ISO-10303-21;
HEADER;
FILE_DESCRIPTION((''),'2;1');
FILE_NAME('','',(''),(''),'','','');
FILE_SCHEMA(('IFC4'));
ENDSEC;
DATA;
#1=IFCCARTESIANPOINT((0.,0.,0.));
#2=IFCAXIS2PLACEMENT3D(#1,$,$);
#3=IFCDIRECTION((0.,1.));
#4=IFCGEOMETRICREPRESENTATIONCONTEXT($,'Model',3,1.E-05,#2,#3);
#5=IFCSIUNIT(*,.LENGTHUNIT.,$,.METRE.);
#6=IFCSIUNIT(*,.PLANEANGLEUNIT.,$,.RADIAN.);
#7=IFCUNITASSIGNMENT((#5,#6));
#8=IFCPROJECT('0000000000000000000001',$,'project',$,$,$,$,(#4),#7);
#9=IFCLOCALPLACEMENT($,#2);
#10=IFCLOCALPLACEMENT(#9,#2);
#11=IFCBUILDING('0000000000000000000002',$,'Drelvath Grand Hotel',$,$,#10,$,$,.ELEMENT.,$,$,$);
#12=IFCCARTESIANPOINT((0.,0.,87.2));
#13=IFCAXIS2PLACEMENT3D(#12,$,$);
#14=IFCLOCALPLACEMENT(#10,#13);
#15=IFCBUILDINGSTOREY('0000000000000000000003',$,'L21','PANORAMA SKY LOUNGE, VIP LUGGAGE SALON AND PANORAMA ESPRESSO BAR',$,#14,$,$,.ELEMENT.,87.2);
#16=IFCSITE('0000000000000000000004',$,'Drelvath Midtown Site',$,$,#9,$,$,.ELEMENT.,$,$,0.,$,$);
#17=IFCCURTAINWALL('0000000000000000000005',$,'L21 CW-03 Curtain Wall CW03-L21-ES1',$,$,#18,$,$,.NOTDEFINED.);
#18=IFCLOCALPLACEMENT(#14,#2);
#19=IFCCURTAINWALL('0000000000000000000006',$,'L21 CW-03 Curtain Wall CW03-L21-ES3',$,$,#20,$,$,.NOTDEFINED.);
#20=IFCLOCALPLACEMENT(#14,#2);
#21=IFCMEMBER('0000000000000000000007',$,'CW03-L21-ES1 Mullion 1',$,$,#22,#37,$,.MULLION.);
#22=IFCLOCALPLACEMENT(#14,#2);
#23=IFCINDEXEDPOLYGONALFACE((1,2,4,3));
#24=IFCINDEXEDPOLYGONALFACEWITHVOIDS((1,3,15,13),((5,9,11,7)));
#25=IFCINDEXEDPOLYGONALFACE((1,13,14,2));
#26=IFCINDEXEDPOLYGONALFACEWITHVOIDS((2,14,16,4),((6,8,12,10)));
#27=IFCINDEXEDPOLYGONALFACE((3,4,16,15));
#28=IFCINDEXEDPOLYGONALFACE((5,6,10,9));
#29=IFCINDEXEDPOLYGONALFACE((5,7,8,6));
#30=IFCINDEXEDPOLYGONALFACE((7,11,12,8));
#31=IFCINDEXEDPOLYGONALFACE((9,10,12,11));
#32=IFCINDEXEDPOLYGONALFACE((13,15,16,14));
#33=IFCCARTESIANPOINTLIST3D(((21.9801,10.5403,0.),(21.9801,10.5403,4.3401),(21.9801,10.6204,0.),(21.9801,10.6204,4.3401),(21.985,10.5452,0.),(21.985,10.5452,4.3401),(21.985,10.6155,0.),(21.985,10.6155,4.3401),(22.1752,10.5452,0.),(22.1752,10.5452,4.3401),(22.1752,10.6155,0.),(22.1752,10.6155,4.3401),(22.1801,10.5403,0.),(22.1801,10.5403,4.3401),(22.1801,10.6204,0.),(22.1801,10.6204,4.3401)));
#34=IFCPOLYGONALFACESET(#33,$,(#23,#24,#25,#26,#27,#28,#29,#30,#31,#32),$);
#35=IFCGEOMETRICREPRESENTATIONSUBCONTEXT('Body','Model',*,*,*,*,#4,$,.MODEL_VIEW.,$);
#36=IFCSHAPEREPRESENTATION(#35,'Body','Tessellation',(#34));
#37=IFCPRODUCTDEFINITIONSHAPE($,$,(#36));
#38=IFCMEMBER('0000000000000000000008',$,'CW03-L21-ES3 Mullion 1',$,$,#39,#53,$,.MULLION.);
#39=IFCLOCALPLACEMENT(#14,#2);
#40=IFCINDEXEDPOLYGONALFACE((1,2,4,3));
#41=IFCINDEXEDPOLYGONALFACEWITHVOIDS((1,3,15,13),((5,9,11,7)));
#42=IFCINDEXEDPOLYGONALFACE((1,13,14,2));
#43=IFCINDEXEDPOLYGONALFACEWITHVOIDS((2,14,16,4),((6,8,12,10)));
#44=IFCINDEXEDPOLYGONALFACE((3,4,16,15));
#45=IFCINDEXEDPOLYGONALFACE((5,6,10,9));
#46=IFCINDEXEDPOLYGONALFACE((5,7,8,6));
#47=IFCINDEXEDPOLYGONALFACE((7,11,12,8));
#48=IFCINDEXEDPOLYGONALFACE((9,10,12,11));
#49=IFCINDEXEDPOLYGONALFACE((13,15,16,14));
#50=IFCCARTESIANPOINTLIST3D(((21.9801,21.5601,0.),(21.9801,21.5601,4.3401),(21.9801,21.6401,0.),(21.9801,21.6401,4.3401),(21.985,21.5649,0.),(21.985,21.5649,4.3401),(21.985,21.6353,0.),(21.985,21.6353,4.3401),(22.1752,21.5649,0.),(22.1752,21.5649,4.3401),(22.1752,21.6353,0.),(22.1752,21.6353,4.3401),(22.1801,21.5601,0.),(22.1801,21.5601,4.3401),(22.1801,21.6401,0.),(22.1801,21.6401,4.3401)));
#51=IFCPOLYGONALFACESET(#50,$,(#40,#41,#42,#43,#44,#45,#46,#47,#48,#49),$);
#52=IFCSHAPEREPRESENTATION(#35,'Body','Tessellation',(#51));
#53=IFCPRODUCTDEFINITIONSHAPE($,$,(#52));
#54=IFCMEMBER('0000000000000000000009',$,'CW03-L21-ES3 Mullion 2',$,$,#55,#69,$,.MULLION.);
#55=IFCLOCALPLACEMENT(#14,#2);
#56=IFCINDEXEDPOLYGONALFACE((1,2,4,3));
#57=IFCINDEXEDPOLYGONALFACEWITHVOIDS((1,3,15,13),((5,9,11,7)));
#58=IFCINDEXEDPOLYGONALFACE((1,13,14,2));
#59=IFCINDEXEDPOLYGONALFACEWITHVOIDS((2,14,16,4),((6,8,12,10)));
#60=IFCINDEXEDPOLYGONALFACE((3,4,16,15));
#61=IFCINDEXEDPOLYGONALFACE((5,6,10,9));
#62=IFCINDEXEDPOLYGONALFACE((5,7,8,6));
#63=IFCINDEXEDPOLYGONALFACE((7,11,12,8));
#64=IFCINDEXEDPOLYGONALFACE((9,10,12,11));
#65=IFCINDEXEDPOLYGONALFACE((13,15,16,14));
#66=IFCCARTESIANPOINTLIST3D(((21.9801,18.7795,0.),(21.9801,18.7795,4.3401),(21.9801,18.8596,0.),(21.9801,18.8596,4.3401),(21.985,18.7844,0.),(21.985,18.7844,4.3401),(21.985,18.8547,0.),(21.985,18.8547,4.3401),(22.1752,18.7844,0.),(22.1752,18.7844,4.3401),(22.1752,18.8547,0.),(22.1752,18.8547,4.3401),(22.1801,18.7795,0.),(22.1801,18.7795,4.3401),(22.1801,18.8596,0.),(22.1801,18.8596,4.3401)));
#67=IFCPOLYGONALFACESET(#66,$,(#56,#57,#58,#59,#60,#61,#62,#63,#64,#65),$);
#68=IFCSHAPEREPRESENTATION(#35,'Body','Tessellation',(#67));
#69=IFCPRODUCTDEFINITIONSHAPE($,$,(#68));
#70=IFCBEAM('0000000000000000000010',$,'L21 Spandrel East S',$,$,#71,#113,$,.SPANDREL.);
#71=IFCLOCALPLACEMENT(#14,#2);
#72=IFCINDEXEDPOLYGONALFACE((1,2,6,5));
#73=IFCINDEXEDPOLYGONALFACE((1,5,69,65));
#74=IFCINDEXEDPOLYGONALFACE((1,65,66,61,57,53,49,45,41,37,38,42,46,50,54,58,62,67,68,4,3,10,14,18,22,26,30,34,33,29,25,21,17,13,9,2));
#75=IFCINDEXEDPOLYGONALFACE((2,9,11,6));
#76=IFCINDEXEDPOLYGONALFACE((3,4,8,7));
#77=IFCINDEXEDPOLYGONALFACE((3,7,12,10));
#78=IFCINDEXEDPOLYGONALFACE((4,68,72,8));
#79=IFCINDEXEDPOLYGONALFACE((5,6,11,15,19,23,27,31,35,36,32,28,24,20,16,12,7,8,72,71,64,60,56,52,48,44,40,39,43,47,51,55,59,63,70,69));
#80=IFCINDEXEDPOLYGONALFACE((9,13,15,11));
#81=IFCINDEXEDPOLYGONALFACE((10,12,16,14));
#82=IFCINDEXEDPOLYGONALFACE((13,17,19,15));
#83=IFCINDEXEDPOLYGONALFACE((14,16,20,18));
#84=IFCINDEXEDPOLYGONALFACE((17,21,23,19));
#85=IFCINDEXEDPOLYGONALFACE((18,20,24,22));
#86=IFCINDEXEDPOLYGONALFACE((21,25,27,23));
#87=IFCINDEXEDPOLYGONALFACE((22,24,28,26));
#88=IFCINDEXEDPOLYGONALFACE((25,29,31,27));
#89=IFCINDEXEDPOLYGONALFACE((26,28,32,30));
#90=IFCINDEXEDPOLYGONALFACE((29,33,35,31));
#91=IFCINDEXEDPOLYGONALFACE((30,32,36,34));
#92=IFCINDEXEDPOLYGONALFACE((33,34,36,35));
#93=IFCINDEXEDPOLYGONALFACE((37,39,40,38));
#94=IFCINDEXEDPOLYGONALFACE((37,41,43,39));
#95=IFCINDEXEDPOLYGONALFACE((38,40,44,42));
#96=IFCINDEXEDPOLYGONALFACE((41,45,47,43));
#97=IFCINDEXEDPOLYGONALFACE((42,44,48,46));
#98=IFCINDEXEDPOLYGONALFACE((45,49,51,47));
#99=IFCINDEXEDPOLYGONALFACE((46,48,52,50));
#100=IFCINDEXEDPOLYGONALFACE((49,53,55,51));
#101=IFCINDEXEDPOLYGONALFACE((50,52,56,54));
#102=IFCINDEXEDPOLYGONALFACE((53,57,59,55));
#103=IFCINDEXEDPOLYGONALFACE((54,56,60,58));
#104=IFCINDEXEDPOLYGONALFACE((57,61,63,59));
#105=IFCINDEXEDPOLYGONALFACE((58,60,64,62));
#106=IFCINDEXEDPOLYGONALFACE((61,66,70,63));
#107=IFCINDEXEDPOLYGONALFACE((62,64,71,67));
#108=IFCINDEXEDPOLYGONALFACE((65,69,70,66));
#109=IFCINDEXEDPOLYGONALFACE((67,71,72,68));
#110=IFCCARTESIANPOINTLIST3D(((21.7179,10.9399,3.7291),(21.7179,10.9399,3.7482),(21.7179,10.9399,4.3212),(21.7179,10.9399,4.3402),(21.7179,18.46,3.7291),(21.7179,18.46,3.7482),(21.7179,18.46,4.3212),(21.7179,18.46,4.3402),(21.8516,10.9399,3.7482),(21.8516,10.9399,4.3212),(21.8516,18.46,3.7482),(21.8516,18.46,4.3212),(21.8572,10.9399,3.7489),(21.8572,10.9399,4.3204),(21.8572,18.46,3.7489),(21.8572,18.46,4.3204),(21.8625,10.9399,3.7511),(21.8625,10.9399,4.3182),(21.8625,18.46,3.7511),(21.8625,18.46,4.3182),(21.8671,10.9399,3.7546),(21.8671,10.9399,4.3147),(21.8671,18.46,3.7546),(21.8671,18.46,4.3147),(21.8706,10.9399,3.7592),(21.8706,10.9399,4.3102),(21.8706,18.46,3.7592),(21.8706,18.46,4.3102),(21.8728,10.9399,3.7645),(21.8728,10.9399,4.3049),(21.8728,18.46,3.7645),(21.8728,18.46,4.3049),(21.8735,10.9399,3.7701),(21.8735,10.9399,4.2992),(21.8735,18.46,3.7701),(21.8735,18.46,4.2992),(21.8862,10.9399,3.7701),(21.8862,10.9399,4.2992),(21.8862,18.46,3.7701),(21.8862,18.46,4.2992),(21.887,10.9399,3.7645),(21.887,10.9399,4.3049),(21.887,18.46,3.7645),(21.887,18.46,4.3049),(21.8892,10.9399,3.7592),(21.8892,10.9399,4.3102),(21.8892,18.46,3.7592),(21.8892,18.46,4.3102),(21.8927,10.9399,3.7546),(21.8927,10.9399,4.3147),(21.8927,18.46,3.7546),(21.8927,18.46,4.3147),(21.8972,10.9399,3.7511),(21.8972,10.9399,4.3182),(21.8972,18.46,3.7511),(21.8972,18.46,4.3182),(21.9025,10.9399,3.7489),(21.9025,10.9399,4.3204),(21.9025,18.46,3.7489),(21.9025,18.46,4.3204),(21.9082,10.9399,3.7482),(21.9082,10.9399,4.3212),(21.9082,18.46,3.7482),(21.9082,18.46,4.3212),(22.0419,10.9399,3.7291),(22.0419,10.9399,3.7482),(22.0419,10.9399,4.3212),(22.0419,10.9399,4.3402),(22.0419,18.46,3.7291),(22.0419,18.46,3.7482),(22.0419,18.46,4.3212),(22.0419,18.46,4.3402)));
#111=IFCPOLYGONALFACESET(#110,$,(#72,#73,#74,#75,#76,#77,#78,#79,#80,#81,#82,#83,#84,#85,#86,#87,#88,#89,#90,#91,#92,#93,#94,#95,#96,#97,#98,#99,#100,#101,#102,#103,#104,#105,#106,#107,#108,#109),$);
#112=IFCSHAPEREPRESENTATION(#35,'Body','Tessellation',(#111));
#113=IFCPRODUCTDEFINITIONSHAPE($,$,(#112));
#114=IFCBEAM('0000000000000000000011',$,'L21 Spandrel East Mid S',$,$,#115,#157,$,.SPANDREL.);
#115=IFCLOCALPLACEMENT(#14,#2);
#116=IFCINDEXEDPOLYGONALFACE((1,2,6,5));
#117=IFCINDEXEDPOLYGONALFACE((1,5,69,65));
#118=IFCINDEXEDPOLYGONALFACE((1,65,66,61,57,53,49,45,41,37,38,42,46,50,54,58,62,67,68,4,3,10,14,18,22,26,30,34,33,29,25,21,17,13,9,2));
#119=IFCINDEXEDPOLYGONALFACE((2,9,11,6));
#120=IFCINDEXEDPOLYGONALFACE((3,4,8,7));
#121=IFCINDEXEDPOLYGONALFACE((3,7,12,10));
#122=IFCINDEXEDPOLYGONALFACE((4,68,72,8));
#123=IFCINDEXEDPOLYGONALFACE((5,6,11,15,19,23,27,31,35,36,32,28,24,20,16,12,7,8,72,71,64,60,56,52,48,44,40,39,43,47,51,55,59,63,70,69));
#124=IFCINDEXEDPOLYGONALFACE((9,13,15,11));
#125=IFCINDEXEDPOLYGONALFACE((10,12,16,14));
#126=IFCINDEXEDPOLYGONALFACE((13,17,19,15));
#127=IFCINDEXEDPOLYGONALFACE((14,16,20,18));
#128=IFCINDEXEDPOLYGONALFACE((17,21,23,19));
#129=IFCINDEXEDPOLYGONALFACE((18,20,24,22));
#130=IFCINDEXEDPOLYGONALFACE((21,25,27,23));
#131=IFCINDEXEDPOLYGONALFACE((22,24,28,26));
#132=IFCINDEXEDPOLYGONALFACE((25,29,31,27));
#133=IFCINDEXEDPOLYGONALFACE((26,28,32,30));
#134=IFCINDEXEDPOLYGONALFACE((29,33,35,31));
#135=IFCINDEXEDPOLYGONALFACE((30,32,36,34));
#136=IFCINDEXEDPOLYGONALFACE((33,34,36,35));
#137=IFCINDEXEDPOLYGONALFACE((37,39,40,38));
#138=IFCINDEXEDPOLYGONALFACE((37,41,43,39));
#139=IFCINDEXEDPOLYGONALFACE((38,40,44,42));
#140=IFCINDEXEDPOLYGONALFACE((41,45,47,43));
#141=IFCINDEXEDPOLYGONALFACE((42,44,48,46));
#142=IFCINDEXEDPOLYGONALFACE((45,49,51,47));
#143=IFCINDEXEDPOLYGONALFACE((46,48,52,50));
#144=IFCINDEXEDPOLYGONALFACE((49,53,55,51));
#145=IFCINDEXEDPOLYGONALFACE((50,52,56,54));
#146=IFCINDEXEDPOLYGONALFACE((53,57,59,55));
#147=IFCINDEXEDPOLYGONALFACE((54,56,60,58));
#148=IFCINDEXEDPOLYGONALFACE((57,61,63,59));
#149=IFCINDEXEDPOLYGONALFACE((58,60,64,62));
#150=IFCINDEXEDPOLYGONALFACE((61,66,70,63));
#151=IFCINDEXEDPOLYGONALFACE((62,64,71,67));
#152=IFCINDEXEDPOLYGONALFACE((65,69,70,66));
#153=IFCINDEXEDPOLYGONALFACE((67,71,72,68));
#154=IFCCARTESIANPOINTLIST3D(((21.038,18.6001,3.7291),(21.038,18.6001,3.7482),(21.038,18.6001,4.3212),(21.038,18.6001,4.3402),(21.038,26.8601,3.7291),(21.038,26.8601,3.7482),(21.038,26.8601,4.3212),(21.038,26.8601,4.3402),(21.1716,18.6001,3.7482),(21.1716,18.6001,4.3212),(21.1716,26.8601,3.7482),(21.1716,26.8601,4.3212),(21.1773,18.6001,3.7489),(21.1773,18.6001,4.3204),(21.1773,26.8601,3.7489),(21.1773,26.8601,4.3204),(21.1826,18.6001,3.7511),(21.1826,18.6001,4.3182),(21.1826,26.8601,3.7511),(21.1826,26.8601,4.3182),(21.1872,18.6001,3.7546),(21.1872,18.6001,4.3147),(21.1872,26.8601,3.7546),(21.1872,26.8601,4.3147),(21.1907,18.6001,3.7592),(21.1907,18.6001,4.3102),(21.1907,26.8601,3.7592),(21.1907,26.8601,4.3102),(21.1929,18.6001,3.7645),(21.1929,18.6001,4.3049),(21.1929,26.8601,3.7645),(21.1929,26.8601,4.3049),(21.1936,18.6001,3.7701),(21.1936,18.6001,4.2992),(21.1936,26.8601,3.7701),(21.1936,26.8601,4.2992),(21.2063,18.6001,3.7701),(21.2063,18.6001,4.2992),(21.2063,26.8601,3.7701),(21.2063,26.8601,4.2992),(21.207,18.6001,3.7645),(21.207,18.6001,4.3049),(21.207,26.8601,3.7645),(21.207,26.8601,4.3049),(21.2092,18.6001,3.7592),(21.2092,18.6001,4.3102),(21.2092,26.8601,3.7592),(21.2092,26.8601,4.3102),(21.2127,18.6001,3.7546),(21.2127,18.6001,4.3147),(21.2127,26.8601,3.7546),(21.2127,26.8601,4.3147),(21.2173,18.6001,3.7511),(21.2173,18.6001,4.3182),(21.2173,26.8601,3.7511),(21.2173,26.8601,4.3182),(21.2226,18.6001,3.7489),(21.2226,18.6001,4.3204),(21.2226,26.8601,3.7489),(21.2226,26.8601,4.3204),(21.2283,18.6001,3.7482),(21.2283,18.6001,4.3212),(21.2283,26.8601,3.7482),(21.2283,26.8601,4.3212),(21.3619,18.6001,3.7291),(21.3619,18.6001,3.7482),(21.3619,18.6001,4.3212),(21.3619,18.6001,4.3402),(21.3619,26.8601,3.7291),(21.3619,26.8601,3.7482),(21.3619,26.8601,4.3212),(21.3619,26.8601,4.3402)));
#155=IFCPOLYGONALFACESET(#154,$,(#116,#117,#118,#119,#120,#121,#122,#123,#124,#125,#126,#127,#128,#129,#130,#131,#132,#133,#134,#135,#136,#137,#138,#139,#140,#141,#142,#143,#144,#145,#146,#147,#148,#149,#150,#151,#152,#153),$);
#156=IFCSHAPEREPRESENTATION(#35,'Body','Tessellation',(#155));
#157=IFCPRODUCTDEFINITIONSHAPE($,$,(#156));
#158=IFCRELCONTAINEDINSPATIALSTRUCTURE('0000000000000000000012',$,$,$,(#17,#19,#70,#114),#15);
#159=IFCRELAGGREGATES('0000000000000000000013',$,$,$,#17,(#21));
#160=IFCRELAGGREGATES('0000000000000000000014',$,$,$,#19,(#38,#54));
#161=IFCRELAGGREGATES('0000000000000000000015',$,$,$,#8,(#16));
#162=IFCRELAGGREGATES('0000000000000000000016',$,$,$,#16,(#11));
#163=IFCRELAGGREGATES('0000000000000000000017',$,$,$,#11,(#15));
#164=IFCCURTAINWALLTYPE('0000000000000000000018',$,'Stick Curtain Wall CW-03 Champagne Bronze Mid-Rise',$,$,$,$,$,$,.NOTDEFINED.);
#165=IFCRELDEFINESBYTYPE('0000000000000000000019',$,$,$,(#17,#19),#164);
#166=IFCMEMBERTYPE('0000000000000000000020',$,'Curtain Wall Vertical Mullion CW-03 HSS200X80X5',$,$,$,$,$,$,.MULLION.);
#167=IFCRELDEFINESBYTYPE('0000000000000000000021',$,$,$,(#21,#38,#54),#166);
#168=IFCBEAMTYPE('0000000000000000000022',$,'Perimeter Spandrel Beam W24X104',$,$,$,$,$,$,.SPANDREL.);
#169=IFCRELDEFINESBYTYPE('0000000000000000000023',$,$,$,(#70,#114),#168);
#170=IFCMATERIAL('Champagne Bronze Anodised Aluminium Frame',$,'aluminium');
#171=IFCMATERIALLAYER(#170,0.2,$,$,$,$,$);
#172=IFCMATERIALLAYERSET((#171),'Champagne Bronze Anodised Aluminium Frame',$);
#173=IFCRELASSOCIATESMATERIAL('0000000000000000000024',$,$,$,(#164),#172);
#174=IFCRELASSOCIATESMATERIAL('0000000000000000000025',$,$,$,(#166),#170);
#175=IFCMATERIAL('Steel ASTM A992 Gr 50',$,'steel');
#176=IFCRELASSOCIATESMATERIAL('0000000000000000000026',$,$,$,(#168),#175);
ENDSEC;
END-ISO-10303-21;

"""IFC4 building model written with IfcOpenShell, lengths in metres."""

from ifc_helpers import new_model, si_unit, direction, frame, origin, origin_2d, place, context, subcontext, project, spatial, hollow_rectangle, i_section, extrude, material, layer, layer_set, material_profile, profile_set, type_object, element, aggregate, save


model = new_model("IFC4")

# Units and contexts
model_context = context("Model", 3, precision=1e-05, world=origin(), true_north=direction((0.0, 1.0)))
body_context = subcontext(model_context, "Body", "Model", "MODEL_VIEW")
ifc_project = project(units=[si_unit("LENGTHUNIT", "METRE"), si_unit("PLANEANGLEUNIT", "RADIAN")], contexts=[model_context])

# Site, building, storey
site_placement = place(None, origin())
site = spatial("IfcSite", under=ifc_project, at=site_placement, Name="Drelvath Midtown Site", CompositionType="ELEMENT", RefElevation=0.0)
building_placement = place(site_placement, origin())
building = spatial("IfcBuilding", under=site, at=building_placement, Name="Drelvath Grand Hotel", CompositionType="ELEMENT")
storey_placement = place(building_placement, frame((0.0, 0.0, 87.2)))
storey = spatial("IfcBuildingStorey", under=building, at=storey_placement, Name="L21", Description="PANORAMA SKY LOUNGE, VIP LUGGAGE SALON AND PANORAMA ESPRESSO BAR", CompositionType="ELEMENT", Elevation=87.2)

# Curtain walls
ifc_material_1 = material(Name="Champagne Bronze Anodised Aluminium Frame", Category="aluminium")
ifc_layer_1 = layer(ifc_material_1, 0.2)
ifc_layer_set_1 = layer_set([ifc_layer_1], Name="Champagne Bronze Anodised Aluminium Frame")
curtain_wall_type = type_object("IfcCurtainWallType", Name="Stick Curtain Wall CW-03 Champagne Bronze Mid-Rise", PredefinedType="NOTDEFINED", material=ifc_layer_set_1)
curtain_wall_1_placement = place(storey_placement, origin())
curtain_wall_1 = element("IfcCurtainWall", 1, at=curtain_wall_1_placement, inside=storey, type_object=curtain_wall_type, Name="L21 CW-03 Curtain Wall CW03-L21-ES1", PredefinedType="NOTDEFINED")
curtain_wall_2_placement = place(storey_placement, origin())
curtain_wall_2 = element("IfcCurtainWall", 2, at=curtain_wall_2_placement, inside=storey, type_object=curtain_wall_type, Name="L21 CW-03 Curtain Wall CW03-L21-ES3", PredefinedType="NOTDEFINED")

# Members
ifc_material_profile_1 = material_profile(ifc_material_1, hollow_rectangle(XDim=0.0801, YDim=0.2, WallThickness=0.0049, at=origin_2d()), Name="HSS200X80X5")
ifc_profile_set_1 = profile_set([ifc_material_profile_1], Name="Champagne Bronze Anodised Aluminium Frame")
member_type_1 = type_object("IfcMemberType", Name="Curtain Wall Vertical Mullion CW-03 HSS200X80X5", PredefinedType="MULLION", material=ifc_profile_set_1)
member_1_placement = place(storey_placement, frame((22.0801, 10.5803, 0.0), z_axis=(0.0, 0.0, 1.0), x_axis=(0.0, 1.0, 0.0)))
member_1 = element("IfcMember", 3, at=member_1_placement, type_object=member_type_1, Name="CW03-L21-ES1 Mullion 1", PredefinedType="MULLION", context=body_context, shape_type="SweptSolid", body=[
    extrude(hollow_rectangle(XDim=0.0801, YDim=0.2, WallThickness=0.0049, at=origin_2d()), origin(), (0.0, 0.0, 1.0), 4.3401),
])
member_2_placement = place(storey_placement, frame((22.0801, 21.6001, 0.0), z_axis=(0.0, 0.0, 1.0), x_axis=(0.0, 1.0, 0.0)))
member_2 = element("IfcMember", 4, at=member_2_placement, type_object=member_type_1, Name="CW03-L21-ES3 Mullion 1", PredefinedType="MULLION", context=body_context, shape_type="SweptSolid", body=[
    extrude(hollow_rectangle(XDim=0.0801, YDim=0.2, WallThickness=0.0049, at=origin_2d()), origin(), (0.0, 0.0, 1.0), 4.3401),
])
member_3_placement = place(storey_placement, frame((22.0801, 18.8196, 0.0), z_axis=(0.0, 0.0, 1.0), x_axis=(0.0, 1.0, 0.0)))
member_3 = element("IfcMember", 5, at=member_3_placement, type_object=member_type_1, Name="CW03-L21-ES3 Mullion 2", PredefinedType="MULLION", context=body_context, shape_type="SweptSolid", body=[
    extrude(hollow_rectangle(XDim=0.0801, YDim=0.2, WallThickness=0.0049, at=origin_2d()), origin(), (0.0, 0.0, 1.0), 4.3401),
])

# Beams
ifc_material_2 = material(Name="Steel ASTM A992 Gr 50", Category="steel")
ifc_material_profile_2 = material_profile(ifc_material_2, i_section(OverallWidth=0.324, OverallDepth=0.6111, WebThickness=0.0127, FlangeThickness=0.019, FilletRadius=0.022, at=origin_2d()), Name="W24X104")
ifc_profile_set_2 = profile_set([ifc_material_profile_2], Name="Steel ASTM A992 Gr 50")
beam_type_1 = type_object("IfcBeamType", Name="Perimeter Spandrel Beam W24X104", PredefinedType="SPANDREL", material=ifc_profile_set_2)
beam_1_placement = place(storey_placement, frame((21.8799, 10.9399, 4.0347), z_axis=(0.0, 1.0, 0.0), x_axis=(-1.0, 0.0, 0.0)))
element("IfcBeam", 6, at=beam_1_placement, inside=storey, type_object=beam_type_1, Name="L21 Spandrel East S", PredefinedType="SPANDREL", context=body_context, shape_type="SweptSolid", body=[
    extrude(i_section(OverallWidth=0.324, OverallDepth=0.6111, WebThickness=0.0127, FlangeThickness=0.019, FilletRadius=0.022, at=origin_2d()), origin(), (0.0, 0.0, 1.0), 7.52),
])
beam_2_placement = place(storey_placement, frame((21.2, 18.6001, 4.0347), z_axis=(0.0, 1.0, 0.0), x_axis=(-1.0, 0.0, 0.0)))
element("IfcBeam", 7, at=beam_2_placement, inside=storey, type_object=beam_type_1, Name="L21 Spandrel East Mid S", PredefinedType="SPANDREL", context=body_context, shape_type="SweptSolid", body=[
    extrude(i_section(OverallWidth=0.324, OverallDepth=0.6111, WebThickness=0.0127, FlangeThickness=0.019, FilletRadius=0.022, at=origin_2d()), origin(), (0.0, 0.0, 1.0), 8.26),
])

aggregate(curtain_wall_1, [member_1])
aggregate(curtain_wall_2, [member_2, member_3])

save(model, "model.ifc")
